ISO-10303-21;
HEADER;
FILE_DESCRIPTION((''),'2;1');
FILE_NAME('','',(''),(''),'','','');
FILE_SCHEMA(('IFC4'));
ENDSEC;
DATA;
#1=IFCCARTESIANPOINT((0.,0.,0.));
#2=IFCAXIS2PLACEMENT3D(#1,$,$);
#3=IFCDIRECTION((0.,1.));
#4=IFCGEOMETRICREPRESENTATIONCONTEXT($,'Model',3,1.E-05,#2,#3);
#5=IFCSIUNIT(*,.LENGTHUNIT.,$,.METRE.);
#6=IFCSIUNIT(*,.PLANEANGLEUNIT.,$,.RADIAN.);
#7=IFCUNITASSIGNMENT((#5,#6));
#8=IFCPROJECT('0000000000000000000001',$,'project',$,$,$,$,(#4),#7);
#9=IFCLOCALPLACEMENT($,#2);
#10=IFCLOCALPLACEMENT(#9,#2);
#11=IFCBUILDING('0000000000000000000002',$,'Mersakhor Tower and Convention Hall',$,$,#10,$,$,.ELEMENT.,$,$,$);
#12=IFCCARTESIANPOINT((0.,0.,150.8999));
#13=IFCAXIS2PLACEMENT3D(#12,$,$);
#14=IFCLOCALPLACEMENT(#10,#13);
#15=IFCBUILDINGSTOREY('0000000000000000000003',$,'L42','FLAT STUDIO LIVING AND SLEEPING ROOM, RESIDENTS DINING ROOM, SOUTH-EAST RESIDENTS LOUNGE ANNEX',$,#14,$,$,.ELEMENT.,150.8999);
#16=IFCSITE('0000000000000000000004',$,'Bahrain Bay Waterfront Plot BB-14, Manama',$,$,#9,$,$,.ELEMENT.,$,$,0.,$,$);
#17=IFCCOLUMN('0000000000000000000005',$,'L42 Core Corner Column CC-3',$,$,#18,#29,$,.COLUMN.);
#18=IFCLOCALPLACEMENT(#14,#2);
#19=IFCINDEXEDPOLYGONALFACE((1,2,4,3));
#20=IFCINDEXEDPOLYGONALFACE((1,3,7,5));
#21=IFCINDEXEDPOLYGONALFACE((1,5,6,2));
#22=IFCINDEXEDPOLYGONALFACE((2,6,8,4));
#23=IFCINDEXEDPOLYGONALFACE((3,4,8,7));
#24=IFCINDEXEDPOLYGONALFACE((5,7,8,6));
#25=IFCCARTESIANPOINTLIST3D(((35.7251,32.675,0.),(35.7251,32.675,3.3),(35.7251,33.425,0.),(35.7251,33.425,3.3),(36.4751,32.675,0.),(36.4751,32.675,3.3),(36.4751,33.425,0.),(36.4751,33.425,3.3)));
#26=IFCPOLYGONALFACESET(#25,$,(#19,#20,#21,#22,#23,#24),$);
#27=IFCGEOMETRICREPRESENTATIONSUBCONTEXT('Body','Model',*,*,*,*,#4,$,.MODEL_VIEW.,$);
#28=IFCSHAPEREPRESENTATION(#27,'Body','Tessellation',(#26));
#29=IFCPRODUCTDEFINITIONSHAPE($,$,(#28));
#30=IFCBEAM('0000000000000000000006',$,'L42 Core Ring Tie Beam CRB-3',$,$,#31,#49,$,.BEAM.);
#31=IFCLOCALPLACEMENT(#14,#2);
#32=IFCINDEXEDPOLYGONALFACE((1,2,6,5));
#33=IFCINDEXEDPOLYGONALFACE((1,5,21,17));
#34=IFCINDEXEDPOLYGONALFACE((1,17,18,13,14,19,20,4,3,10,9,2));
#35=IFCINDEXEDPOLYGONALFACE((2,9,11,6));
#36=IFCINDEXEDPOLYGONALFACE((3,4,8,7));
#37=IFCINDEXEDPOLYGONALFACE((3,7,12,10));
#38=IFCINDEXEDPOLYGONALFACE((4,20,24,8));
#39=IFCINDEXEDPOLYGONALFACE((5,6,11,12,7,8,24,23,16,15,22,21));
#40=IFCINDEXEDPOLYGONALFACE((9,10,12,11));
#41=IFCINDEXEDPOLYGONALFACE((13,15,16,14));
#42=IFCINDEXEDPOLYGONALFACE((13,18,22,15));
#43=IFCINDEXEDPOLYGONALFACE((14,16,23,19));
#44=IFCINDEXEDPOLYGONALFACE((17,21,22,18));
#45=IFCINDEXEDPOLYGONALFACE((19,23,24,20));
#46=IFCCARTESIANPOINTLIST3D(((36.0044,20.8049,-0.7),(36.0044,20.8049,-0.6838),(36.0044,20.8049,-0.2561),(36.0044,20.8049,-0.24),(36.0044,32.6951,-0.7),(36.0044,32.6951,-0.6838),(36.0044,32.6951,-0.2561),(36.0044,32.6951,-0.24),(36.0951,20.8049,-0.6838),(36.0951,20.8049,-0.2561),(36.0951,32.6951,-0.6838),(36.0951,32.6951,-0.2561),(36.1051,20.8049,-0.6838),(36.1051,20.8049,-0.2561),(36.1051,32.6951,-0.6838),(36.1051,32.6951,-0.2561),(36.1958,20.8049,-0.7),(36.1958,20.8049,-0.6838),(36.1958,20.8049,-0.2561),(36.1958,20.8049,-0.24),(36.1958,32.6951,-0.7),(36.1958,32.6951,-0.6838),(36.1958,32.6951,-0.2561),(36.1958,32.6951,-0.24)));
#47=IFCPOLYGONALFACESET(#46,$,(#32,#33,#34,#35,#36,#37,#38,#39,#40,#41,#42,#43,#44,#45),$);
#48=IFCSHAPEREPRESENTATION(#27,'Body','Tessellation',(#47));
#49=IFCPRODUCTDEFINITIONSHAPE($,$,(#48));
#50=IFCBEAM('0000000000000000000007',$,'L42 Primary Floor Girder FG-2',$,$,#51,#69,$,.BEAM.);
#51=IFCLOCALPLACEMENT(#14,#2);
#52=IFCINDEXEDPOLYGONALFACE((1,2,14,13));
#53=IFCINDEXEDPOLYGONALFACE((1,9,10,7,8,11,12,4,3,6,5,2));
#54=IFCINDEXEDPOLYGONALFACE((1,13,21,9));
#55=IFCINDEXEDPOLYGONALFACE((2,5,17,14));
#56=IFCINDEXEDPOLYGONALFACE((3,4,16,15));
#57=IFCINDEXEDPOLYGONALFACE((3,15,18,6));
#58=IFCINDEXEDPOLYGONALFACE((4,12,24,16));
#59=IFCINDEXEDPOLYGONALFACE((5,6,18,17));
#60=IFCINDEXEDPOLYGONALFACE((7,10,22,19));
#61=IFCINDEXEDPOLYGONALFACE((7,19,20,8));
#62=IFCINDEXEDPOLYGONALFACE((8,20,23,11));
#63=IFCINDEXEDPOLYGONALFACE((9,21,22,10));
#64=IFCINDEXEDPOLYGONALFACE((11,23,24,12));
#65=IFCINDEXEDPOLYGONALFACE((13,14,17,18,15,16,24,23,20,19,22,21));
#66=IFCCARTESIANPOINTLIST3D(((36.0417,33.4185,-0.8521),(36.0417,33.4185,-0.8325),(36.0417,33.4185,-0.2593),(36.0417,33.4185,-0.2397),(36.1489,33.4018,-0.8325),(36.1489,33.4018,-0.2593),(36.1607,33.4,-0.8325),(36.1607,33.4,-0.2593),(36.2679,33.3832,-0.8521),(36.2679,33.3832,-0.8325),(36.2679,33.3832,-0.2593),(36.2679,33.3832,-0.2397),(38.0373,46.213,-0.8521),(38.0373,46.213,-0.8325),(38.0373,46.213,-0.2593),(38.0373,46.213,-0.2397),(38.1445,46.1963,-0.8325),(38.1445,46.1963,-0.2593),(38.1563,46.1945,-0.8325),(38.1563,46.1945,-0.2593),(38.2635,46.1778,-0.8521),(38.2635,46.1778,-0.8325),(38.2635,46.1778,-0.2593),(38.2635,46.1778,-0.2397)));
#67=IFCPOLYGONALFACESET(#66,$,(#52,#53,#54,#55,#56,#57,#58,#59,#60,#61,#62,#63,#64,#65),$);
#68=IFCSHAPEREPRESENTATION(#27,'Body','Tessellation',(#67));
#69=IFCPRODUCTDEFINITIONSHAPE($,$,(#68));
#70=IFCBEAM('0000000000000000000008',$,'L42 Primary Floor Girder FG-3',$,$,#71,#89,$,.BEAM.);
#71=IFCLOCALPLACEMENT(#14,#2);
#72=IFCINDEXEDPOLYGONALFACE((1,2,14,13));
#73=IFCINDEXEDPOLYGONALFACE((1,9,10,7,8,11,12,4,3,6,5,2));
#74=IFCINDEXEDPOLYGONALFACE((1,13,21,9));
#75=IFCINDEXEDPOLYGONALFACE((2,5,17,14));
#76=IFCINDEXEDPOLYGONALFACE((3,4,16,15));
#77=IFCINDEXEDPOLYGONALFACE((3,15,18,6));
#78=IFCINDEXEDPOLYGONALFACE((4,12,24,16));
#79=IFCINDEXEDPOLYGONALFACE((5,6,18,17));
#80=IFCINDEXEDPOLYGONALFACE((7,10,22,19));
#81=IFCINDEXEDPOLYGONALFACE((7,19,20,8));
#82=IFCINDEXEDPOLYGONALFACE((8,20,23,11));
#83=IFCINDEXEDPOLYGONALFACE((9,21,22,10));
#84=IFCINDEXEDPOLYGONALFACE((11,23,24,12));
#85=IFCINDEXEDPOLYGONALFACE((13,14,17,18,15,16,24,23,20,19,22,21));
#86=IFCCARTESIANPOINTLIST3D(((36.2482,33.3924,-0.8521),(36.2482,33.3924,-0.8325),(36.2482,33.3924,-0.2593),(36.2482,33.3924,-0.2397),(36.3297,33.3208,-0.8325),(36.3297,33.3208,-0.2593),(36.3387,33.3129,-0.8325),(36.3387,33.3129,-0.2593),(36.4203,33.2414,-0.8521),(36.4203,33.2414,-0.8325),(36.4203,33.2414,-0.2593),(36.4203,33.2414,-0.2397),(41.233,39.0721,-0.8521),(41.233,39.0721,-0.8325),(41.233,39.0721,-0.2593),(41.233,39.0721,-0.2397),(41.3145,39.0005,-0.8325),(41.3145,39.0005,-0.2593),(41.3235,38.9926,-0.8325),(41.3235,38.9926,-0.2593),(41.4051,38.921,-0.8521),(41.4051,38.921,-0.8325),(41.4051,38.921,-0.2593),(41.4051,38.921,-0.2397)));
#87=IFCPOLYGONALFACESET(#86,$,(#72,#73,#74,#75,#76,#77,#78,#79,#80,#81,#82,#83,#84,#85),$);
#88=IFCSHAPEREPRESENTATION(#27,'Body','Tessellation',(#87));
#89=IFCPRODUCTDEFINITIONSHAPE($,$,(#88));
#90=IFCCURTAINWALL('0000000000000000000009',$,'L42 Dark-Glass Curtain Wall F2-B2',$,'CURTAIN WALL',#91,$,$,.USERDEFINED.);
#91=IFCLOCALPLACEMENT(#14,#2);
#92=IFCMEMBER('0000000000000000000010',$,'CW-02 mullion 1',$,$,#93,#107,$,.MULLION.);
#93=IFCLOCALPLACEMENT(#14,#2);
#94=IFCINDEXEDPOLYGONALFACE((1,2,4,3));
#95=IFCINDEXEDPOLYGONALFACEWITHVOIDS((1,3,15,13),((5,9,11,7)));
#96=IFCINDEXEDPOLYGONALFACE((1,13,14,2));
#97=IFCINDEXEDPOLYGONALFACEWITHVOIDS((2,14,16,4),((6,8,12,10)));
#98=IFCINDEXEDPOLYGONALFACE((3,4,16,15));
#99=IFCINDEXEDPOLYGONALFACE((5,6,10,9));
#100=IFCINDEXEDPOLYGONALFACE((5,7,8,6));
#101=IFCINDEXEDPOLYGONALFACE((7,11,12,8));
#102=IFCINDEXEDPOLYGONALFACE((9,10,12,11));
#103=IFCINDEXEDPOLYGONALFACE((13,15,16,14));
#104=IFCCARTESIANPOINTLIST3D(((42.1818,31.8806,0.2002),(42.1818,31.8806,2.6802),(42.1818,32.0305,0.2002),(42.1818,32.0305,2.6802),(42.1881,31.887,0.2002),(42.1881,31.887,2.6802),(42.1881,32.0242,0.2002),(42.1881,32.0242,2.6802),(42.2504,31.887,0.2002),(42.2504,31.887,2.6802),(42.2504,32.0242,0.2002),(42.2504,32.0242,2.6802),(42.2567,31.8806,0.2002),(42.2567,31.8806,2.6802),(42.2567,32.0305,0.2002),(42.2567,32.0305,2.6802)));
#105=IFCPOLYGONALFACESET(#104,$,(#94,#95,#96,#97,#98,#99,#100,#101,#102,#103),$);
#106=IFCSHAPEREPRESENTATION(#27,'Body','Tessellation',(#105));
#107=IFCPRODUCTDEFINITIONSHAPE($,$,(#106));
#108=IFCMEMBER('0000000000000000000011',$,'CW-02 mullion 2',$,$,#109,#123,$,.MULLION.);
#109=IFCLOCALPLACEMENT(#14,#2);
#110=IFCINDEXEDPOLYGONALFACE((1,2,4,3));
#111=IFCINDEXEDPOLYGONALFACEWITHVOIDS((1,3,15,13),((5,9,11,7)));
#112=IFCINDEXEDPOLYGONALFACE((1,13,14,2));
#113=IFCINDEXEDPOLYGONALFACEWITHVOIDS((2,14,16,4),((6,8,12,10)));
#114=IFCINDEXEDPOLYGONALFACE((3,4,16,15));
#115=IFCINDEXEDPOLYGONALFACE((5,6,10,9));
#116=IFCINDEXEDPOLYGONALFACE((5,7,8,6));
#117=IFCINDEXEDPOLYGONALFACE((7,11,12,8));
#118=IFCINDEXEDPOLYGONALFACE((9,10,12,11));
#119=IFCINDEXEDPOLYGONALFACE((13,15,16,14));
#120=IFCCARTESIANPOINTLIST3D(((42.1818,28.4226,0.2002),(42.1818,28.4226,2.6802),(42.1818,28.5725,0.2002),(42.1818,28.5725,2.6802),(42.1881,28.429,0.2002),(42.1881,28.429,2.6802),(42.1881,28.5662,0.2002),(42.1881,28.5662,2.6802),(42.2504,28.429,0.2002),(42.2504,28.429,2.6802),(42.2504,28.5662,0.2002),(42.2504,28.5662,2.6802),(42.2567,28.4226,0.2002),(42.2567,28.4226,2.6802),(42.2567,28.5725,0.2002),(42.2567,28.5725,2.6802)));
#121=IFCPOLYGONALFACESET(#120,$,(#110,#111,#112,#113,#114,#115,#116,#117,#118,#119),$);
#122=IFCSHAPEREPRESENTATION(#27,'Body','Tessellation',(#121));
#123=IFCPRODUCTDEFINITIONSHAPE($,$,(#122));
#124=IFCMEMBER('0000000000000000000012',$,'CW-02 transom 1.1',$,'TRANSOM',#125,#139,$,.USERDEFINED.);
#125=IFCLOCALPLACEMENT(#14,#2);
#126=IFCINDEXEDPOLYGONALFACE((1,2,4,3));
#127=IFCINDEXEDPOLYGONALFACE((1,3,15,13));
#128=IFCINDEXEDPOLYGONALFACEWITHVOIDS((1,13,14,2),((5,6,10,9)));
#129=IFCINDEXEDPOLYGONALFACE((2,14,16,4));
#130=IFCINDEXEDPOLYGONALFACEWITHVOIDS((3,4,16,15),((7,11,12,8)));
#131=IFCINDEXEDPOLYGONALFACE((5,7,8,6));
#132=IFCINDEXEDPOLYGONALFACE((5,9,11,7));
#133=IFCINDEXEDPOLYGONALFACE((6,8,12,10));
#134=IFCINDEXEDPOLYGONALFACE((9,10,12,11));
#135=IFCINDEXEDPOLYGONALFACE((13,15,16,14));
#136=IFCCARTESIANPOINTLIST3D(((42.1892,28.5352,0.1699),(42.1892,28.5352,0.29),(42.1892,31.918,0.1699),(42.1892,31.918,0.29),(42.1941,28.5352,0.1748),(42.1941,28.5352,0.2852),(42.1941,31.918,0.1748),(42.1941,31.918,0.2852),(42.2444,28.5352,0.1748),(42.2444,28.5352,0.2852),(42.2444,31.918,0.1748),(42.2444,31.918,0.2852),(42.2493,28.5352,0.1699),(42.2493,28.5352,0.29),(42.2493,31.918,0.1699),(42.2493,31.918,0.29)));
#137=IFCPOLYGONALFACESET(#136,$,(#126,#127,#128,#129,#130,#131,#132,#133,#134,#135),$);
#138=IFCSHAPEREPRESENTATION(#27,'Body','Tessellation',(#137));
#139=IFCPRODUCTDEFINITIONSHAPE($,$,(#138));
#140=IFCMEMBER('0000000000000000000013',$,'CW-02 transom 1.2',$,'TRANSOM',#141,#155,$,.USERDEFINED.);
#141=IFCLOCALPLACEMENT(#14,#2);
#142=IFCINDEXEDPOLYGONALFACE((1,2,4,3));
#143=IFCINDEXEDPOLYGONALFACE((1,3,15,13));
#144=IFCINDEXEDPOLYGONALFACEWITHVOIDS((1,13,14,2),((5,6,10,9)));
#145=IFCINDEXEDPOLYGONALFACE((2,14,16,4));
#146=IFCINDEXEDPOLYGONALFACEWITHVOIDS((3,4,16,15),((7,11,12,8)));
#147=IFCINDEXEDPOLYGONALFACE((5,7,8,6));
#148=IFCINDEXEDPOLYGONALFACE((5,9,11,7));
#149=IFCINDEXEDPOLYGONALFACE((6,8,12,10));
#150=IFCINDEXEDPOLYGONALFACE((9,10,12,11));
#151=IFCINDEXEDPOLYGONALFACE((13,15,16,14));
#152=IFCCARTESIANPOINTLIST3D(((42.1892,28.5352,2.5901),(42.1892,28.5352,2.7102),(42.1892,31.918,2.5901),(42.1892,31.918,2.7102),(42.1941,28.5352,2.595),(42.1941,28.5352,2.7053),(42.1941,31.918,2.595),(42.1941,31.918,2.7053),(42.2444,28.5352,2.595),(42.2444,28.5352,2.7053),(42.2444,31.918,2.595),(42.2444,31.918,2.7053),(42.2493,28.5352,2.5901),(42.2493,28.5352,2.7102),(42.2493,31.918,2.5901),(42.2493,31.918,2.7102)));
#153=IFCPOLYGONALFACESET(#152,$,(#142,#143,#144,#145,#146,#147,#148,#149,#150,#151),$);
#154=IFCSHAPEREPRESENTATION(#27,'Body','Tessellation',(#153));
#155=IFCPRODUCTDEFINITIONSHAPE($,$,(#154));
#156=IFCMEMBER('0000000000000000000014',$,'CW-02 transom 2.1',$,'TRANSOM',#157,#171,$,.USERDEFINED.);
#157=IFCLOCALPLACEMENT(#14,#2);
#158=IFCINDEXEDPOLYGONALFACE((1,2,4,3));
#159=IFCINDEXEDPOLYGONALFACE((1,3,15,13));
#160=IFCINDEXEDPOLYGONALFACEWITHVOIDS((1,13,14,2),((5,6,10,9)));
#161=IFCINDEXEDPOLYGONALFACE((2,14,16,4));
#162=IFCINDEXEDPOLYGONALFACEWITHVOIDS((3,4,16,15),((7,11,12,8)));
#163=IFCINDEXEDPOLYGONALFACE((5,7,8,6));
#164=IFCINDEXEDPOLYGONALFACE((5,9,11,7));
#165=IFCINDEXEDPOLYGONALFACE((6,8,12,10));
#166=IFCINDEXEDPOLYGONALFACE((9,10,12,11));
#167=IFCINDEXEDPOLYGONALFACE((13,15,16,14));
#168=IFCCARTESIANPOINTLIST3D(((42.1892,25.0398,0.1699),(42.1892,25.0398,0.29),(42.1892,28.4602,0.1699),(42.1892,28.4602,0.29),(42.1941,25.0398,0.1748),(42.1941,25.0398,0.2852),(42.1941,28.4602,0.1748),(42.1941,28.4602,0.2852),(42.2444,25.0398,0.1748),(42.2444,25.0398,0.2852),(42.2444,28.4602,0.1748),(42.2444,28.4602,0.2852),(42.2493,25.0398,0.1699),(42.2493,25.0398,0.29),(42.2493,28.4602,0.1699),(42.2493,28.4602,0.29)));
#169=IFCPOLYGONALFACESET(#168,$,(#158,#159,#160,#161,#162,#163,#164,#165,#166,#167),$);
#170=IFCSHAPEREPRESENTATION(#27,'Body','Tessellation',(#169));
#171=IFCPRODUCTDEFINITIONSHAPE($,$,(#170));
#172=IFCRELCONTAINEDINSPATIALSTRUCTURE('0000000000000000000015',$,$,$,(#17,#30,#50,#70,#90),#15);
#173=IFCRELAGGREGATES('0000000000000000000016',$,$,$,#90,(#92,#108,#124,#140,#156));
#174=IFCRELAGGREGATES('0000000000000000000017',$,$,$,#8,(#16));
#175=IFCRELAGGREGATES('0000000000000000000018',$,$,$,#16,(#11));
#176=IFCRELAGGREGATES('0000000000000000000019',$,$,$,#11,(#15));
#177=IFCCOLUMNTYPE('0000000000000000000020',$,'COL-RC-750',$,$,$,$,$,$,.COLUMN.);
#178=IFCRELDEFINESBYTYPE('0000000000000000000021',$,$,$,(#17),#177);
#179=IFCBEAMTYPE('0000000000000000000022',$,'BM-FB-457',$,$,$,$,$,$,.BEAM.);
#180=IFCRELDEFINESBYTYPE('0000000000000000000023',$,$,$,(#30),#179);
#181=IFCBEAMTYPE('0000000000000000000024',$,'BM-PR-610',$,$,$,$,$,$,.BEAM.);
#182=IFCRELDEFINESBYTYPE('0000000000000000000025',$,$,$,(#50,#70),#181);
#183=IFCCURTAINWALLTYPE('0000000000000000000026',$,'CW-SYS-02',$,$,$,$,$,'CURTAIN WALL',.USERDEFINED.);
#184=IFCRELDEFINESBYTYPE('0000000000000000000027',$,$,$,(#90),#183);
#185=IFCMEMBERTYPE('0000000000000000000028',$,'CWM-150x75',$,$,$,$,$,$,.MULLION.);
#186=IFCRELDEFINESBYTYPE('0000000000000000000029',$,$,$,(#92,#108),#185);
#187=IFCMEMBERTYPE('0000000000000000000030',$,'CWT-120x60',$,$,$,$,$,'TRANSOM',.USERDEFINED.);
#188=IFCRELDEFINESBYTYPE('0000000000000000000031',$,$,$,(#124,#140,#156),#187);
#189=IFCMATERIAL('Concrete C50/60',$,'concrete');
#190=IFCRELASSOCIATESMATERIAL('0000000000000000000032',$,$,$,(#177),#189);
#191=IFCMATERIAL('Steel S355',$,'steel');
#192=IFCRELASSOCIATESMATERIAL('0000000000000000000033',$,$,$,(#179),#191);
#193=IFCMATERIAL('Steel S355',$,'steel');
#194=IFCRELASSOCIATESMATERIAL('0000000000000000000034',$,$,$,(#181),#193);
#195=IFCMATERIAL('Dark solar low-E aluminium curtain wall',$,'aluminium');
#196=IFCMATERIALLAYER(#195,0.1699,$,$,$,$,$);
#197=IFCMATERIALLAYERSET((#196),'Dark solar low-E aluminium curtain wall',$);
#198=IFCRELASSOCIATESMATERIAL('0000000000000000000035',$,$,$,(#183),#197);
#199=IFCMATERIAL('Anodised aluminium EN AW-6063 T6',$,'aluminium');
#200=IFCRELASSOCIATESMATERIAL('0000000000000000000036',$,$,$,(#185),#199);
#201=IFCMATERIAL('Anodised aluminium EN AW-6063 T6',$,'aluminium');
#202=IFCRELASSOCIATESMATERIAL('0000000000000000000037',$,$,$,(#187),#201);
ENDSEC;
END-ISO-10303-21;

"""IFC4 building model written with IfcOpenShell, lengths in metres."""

from ifc_helpers import new_model, si_unit, direction, frame, origin, origin_2d, place, context, subcontext, project, spatial, rectangle, hollow_rectangle, i_section, extrude, material, layer, layer_set, material_profile, profile_set, type_object, element, aggregate, save


model = new_model("IFC4")

# Units and contexts
model_context = context("Model", 3, precision=1e-05, world=origin(), true_north=direction((0.0, 1.0)))
body_context = subcontext(model_context, "Body", "Model", "MODEL_VIEW")
ifc_project = project(units=[si_unit("LENGTHUNIT", "METRE"), si_unit("PLANEANGLEUNIT", "RADIAN")], contexts=[model_context])

# Site, building, storey
site_placement = place(None, origin())
site = spatial("IfcSite", under=ifc_project, at=site_placement, Name="Bahrain Bay Waterfront Plot BB-14, Manama", CompositionType="ELEMENT", RefElevation=0.0)
building_placement = place(site_placement, origin())
building = spatial("IfcBuilding", under=site, at=building_placement, Name="Mersakhor Tower and Convention Hall", CompositionType="ELEMENT")
storey_placement = place(building_placement, frame((0.0, 0.0, 150.8999)))
storey = spatial("IfcBuildingStorey", under=building, at=storey_placement, Name="L42", Description="FLAT STUDIO LIVING AND SLEEPING ROOM, RESIDENTS DINING ROOM, SOUTH-EAST RESIDENTS LOUNGE ANNEX", CompositionType="ELEMENT", Elevation=150.8999)

# Column
ifc_material_1 = material(Name="Concrete C50/60", Category="concrete")
ifc_material_profile_1 = material_profile(ifc_material_1, rectangle(XDim=0.75, YDim=0.75, at=origin_2d()), Name="RC 750x750")
ifc_profile_set_1 = profile_set([ifc_material_profile_1], Name="Concrete C50/60")
column_type = type_object("IfcColumnType", Name="COL-RC-750", PredefinedType="COLUMN", material=ifc_profile_set_1)
column_placement = place(storey_placement, frame((36.1001, 33.05, 0.0), z_axis=(0.0, 0.0, 1.0), x_axis=(1.0, 0.0, 0.0)))
element("IfcColumn", 1, at=column_placement, inside=storey, type_object=column_type, Name="L42 Core Corner Column CC-3", PredefinedType="COLUMN", context=body_context, shape_type="SweptSolid", body=[
    extrude(rectangle(XDim=0.75, YDim=0.75, at=origin_2d()), origin(), (0.0, 0.0, 1.0), 3.3),
])

# Beams
ifc_material_2 = material(Name="Steel S355", Category="steel")
ifc_material_profile_2 = material_profile(ifc_material_2, i_section(OverallWidth=0.1914, OverallDepth=0.46, WebThickness=0.01, FlangeThickness=0.0161, at=origin_2d()), Name="UB 457x191x82")
ifc_profile_set_2 = profile_set([ifc_material_profile_2], Name="Steel S355")
beam_type_1 = type_object("IfcBeamType", Name="BM-FB-457", PredefinedType="BEAM", material=ifc_profile_set_2)
beam_1_placement = place(storey_placement, frame((36.1001, 32.6951, -0.47), z_axis=(0.0, -1.0, 0.0), x_axis=(1.0, 0.0, 0.0)))
element("IfcBeam", 2, at=beam_1_placement, inside=storey, type_object=beam_type_1, Name="L42 Core Ring Tie Beam CRB-3", PredefinedType="BEAM", context=body_context, shape_type="SweptSolid", body=[
    extrude(i_section(OverallWidth=0.1914, OverallDepth=0.46, WebThickness=0.01, FlangeThickness=0.0161, at=origin_2d()), origin(), (0.0, 0.0, 1.0), 11.8901),
])
ifc_material_3 = material(Name="Steel S355", Category="steel")
ifc_material_profile_3 = material_profile(ifc_material_3, i_section(OverallWidth=0.229, OverallDepth=0.6123, WebThickness=0.012, FlangeThickness=0.0195, at=origin_2d()), Name="UB 610x229x125")
ifc_profile_set_3 = profile_set([ifc_material_profile_3], Name="Steel S355")
beam_type_2 = type_object("IfcBeamType", Name="BM-PR-610", PredefinedType="BEAM", material=ifc_profile_set_3)
beam_2_placement = place(storey_placement, frame((36.1548, 33.4009, -0.5459), z_axis=(0.154111, 0.988054, 0.0), x_axis=(-0.988054, 0.154111, 0.0)))
element("IfcBeam", 3, at=beam_2_placement, inside=storey, type_object=beam_type_2, Name="L42 Primary Floor Girder FG-2", PredefinedType="BEAM", context=body_context, shape_type="SweptSolid", body=[
    extrude(i_section(OverallWidth=0.229, OverallDepth=0.6123, WebThickness=0.012, FlangeThickness=0.0195, at=origin_2d()), origin(), (0.0, 0.0, 1.0), 12.9492),
])
beam_3_placement = place(storey_placement, frame((36.3342, 33.3169, -0.5459), z_axis=(0.659638, 0.751583, 0.0), x_axis=(-0.751583, 0.659638, 0.0)))
element("IfcBeam", 4, at=beam_3_placement, inside=storey, type_object=beam_type_2, Name="L42 Primary Floor Girder FG-3", PredefinedType="BEAM", context=body_context, shape_type="SweptSolid", body=[
    extrude(i_section(OverallWidth=0.229, OverallDepth=0.6123, WebThickness=0.012, FlangeThickness=0.0195, at=origin_2d()), origin(), (0.0, 0.0, 1.0), 7.5569),
])

# Curtain wall, members
ifc_material_4 = material(Name="Dark solar low-E aluminium curtain wall", Category="aluminium")
ifc_layer_1 = layer(ifc_material_4, 0.1699)
ifc_layer_set_1 = layer_set([ifc_layer_1], Name="Dark solar low-E aluminium curtain wall")
curtain_wall_type = type_object("IfcCurtainWallType", Name="CW-SYS-02", ElementType="CURTAIN WALL", PredefinedType="USERDEFINED", material=ifc_layer_set_1)
curtain_wall_placement = place(storey_placement, origin())
curtain_wall = element("IfcCurtainWall", 5, at=curtain_wall_placement, inside=storey, type_object=curtain_wall_type, Name="L42 Dark-Glass Curtain Wall F2-B2", ObjectType="CURTAIN WALL", PredefinedType="USERDEFINED")
ifc_material_5 = material(Name="Anodised aluminium EN AW-6063 T6", Category="aluminium")
ifc_material_profile_4 = material_profile(ifc_material_5, hollow_rectangle(XDim=0.075, YDim=0.1499, WallThickness=0.0063, at=origin_2d()), Name="RHS 150x75x6.3")
ifc_profile_set_4 = profile_set([ifc_material_profile_4], Name="Anodised aluminium EN AW-6063 T6")
member_type_1 = type_object("IfcMemberType", Name="CWM-150x75", PredefinedType="MULLION", material=ifc_profile_set_4)
member_1_placement = place(storey_placement, frame((42.2192, 31.9556, 0.2002), z_axis=(0.0, 0.0, 1.0), x_axis=(1.0, 0.0, 0.0)))
member_1 = element("IfcMember", 6, at=member_1_placement, type_object=member_type_1, Name="CW-02 mullion 1", PredefinedType="MULLION", context=body_context, shape_type="SweptSolid", body=[
    extrude(hollow_rectangle(XDim=0.075, YDim=0.1499, WallThickness=0.0063, at=origin_2d()), origin(), (0.0, 0.0, 1.0), 2.48),
])
member_2_placement = place(storey_placement, frame((42.2192, 28.4976, 0.2002), z_axis=(0.0, 0.0, 1.0), x_axis=(1.0, 0.0, 0.0)))
member_2 = element("IfcMember", 7, at=member_2_placement, type_object=member_type_1, Name="CW-02 mullion 2", PredefinedType="MULLION", context=body_context, shape_type="SweptSolid", body=[
    extrude(hollow_rectangle(XDim=0.075, YDim=0.1499, WallThickness=0.0063, at=origin_2d()), origin(), (0.0, 0.0, 1.0), 2.48),
])
ifc_material_6 = material(Name="Anodised aluminium EN AW-6063 T6", Category="aluminium")
ifc_material_profile_5 = material_profile(ifc_material_6, hollow_rectangle(XDim=0.0601, YDim=0.1201, WallThickness=0.0049, at=origin_2d()), Name="RHS 120x60x5")
ifc_profile_set_5 = profile_set([ifc_material_profile_5], Name="Anodised aluminium EN AW-6063 T6")
member_type_2 = type_object("IfcMemberType", Name="CWT-120x60", ElementType="TRANSOM", PredefinedType="USERDEFINED", material=ifc_profile_set_5)
member_3_placement = place(storey_placement, frame((42.2192, 31.918, 0.23), z_axis=(0.0, -1.0, 0.0), x_axis=(1.0, 0.0, 0.0)))
member_3 = element("IfcMember", 8, at=member_3_placement, type_object=member_type_2, Name="CW-02 transom 1.1", ObjectType="TRANSOM", PredefinedType="USERDEFINED", context=body_context, shape_type="SweptSolid", body=[
    extrude(hollow_rectangle(XDim=0.0601, YDim=0.1201, WallThickness=0.0049, at=origin_2d()), origin(), (0.0, 0.0, 1.0), 3.3828),
])
member_4_placement = place(storey_placement, frame((42.2192, 31.918, 2.6501), z_axis=(0.0, -1.0, 0.0), x_axis=(1.0, 0.0, 0.0)))
member_4 = element("IfcMember", 9, at=member_4_placement, type_object=member_type_2, Name="CW-02 transom 1.2", ObjectType="TRANSOM", PredefinedType="USERDEFINED", context=body_context, shape_type="SweptSolid", body=[
    extrude(hollow_rectangle(XDim=0.0601, YDim=0.1201, WallThickness=0.0049, at=origin_2d()), origin(), (0.0, 0.0, 1.0), 3.3828),
])
member_5_placement = place(storey_placement, frame((42.2192, 28.4602, 0.23), z_axis=(0.0, -1.0, 0.0), x_axis=(1.0, 0.0, 0.0)))
member_5 = element("IfcMember", 10, at=member_5_placement, type_object=member_type_2, Name="CW-02 transom 2.1", ObjectType="TRANSOM", PredefinedType="USERDEFINED", context=body_context, shape_type="SweptSolid", body=[
    extrude(hollow_rectangle(XDim=0.0601, YDim=0.1201, WallThickness=0.0049, at=origin_2d()), origin(), (0.0, 0.0, 1.0), 3.4204),
])
aggregate(curtain_wall, [member_1, member_2, member_3, member_4, member_5])

save(model, "model.ifc")
